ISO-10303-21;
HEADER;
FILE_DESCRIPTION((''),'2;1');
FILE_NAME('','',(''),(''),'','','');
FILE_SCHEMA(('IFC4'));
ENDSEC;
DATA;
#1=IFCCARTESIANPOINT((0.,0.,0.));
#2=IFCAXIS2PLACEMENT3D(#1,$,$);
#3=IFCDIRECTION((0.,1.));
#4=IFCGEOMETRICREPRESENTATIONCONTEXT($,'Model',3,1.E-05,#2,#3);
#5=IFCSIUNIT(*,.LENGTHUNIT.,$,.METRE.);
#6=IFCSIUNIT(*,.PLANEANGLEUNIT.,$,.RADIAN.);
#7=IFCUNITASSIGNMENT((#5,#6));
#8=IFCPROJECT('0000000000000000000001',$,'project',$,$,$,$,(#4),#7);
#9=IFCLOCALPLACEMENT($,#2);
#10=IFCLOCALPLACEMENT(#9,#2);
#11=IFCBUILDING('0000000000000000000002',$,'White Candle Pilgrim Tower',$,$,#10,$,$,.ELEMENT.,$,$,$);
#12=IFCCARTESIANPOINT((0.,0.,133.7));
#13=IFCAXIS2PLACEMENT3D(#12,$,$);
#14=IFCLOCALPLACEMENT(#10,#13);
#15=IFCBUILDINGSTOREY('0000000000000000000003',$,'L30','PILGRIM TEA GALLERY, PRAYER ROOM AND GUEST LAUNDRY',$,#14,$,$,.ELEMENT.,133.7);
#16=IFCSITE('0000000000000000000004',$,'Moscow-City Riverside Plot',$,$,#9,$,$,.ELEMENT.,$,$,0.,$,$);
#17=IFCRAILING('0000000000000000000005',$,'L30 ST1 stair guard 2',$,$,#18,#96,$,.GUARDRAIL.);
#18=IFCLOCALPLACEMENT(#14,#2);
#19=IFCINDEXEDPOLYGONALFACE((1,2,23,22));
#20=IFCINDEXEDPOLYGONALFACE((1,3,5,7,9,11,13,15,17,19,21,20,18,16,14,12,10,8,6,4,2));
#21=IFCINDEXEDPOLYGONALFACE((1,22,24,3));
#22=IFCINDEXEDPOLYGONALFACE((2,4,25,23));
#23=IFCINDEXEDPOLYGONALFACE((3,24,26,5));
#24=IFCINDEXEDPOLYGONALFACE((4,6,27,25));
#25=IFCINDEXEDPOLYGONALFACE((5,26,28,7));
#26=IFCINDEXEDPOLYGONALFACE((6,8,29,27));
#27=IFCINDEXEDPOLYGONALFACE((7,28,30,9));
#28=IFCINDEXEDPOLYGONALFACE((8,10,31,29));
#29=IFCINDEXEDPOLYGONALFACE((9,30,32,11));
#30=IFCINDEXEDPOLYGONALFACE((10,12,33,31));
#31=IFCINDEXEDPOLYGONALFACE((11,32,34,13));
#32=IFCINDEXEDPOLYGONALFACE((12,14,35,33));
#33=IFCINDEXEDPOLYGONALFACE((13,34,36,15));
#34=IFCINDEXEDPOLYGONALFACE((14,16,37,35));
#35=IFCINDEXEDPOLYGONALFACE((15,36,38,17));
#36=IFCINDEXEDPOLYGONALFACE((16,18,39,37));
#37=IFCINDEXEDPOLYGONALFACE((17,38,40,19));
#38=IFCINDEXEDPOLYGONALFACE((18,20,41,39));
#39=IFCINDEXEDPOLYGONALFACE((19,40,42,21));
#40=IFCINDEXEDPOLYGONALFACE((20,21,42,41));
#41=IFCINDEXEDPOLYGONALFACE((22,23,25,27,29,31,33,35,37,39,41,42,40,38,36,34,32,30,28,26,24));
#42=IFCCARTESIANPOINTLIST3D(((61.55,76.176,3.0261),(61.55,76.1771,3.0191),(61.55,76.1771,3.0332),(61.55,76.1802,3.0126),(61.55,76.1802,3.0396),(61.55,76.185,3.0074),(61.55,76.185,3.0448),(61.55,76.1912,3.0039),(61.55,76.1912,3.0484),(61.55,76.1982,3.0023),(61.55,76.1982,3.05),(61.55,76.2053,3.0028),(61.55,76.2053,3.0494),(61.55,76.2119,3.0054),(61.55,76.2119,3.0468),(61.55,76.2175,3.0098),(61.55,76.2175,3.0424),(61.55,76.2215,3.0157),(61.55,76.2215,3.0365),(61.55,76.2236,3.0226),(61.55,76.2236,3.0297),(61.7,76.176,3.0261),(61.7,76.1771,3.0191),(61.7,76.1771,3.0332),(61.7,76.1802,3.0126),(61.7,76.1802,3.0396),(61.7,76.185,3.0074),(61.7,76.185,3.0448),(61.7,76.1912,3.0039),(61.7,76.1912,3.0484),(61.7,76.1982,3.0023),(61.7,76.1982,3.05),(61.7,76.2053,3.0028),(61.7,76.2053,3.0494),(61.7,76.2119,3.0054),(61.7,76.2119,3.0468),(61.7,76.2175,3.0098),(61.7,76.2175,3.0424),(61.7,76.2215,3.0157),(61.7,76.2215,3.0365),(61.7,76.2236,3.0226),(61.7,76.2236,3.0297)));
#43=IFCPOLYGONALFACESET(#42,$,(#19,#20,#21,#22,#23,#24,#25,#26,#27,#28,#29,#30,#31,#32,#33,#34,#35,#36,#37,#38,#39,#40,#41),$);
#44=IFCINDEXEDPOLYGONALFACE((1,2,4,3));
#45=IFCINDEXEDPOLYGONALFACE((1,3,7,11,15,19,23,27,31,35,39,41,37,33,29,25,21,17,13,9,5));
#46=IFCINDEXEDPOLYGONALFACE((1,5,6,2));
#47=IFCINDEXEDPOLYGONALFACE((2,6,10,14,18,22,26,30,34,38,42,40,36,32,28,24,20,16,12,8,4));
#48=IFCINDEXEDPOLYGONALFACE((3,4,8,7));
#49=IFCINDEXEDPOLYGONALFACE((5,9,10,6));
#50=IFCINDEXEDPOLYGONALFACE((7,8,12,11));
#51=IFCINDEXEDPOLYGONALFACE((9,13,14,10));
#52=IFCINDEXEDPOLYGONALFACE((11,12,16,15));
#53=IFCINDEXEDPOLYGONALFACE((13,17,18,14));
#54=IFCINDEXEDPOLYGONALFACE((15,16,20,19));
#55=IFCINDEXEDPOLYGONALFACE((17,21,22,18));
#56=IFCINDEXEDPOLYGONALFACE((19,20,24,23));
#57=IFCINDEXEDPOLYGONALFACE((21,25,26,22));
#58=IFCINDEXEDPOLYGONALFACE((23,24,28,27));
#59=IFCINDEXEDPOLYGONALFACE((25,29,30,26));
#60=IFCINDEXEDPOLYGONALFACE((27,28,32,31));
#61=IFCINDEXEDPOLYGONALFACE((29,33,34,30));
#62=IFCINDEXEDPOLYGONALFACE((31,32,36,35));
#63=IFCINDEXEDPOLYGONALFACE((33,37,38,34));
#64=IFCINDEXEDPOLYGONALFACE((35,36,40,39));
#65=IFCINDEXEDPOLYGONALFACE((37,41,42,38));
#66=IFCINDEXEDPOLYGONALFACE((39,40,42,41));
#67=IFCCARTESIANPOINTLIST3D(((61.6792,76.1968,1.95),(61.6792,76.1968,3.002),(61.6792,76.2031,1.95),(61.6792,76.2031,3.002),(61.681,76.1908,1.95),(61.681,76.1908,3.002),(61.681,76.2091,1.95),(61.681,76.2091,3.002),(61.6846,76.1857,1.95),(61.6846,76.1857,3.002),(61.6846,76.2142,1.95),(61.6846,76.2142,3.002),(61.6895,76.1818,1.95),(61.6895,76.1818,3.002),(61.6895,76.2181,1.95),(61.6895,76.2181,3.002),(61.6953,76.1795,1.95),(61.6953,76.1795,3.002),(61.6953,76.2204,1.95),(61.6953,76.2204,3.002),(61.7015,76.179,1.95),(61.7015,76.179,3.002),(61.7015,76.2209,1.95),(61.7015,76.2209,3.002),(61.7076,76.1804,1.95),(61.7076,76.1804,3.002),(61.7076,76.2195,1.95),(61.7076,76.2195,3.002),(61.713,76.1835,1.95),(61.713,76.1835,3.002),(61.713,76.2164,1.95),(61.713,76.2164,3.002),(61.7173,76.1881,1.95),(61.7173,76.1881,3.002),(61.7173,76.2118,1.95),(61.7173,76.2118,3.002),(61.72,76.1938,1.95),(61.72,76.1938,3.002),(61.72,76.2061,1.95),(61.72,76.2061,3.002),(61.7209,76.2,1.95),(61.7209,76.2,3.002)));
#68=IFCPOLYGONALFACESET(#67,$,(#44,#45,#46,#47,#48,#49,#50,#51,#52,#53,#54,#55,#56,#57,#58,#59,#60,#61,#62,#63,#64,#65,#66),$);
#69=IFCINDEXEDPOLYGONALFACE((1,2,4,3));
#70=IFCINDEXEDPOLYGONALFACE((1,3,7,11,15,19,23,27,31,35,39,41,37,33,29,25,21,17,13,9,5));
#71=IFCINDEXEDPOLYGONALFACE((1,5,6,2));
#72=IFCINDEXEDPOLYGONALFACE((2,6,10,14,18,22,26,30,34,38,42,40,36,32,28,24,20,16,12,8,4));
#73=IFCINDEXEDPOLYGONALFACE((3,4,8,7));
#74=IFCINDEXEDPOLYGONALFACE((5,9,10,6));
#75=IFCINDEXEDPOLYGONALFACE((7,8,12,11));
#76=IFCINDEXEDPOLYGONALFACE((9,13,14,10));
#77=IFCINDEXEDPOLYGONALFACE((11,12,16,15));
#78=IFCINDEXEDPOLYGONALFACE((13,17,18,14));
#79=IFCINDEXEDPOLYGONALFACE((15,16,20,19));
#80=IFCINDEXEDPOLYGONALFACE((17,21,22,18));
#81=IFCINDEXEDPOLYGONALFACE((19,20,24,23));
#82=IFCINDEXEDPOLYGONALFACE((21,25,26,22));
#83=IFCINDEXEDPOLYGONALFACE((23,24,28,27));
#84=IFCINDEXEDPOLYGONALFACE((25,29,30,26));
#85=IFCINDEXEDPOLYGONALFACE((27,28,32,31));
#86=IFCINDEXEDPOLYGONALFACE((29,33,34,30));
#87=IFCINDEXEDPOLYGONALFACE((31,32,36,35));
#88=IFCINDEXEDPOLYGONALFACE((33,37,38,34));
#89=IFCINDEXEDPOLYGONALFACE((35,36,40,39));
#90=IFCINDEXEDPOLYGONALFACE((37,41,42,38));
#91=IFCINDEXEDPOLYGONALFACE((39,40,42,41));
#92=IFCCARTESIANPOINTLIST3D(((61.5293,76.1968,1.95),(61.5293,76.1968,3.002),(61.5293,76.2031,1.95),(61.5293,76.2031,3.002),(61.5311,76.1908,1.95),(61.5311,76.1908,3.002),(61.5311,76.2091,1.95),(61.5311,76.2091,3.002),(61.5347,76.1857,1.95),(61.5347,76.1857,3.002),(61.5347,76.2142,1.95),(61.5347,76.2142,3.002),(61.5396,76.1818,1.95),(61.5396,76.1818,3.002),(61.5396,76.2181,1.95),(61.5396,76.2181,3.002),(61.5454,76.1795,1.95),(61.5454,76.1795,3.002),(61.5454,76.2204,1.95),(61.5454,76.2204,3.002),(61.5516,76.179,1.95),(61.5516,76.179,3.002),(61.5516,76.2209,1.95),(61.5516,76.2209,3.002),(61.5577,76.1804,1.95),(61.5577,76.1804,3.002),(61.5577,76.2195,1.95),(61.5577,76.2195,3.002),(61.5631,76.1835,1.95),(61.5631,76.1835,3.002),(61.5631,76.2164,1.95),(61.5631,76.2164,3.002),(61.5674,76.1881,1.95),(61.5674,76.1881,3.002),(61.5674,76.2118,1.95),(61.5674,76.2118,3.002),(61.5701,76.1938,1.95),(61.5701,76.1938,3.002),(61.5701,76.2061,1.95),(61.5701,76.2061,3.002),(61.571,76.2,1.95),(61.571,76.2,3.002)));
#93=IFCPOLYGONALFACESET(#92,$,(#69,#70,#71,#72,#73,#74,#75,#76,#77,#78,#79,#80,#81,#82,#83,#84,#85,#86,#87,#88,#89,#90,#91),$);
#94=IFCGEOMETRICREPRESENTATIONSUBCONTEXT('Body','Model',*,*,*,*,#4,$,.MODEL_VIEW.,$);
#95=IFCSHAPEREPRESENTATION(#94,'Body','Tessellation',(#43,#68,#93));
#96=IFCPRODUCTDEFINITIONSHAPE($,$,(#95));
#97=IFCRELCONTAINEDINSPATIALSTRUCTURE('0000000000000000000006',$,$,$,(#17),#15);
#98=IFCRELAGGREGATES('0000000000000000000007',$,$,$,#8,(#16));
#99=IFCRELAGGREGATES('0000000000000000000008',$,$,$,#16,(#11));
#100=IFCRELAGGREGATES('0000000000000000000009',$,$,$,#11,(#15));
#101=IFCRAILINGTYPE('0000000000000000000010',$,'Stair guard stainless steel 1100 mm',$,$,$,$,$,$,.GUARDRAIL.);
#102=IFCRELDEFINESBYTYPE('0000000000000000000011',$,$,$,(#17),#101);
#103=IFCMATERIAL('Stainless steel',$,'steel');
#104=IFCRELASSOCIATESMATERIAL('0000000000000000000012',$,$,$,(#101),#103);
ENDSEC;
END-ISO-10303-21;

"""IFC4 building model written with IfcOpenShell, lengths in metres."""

from ifc_helpers import new_model, si_unit, direction, frame, origin, origin_2d, place, context, subcontext, project, spatial, circle, extrude, material, type_object, element, save


model = new_model("IFC4")

# Units and contexts
model_context = context("Model", 3, precision=1e-05, world=origin(), true_north=direction((0.0, 1.0)))
body_context = subcontext(model_context, "Body", "Model", "MODEL_VIEW")
ifc_project = project(units=[si_unit("LENGTHUNIT", "METRE"), si_unit("PLANEANGLEUNIT", "RADIAN")], contexts=[model_context])

# Site, building, storey
site_placement = place(None, origin())
site = spatial("IfcSite", under=ifc_project, at=site_placement, Name="Moscow-City Riverside Plot", CompositionType="ELEMENT", RefElevation=0.0)
building_placement = place(site_placement, origin())
building = spatial("IfcBuilding", under=site, at=building_placement, Name="White Candle Pilgrim Tower", CompositionType="ELEMENT")
storey_placement = place(building_placement, frame((0.0, 0.0, 133.7)))
storey = spatial("IfcBuildingStorey", under=building, at=storey_placement, Name="L30", Description="PILGRIM TEA GALLERY, PRAYER ROOM AND GUEST LAUNDRY", CompositionType="ELEMENT", Elevation=133.7)

# Railing
ifc_material_1 = material(Name="Stainless steel", Category="steel")
railing_type_1 = type_object("IfcRailingType", Name="Stair guard stainless steel 1100 mm", PredefinedType="GUARDRAIL", material=ifc_material_1)
railing_1_placement = place(storey_placement, frame((61.7, 76.2, 1.95)))
element("IfcRailing", 1, at=railing_1_placement, inside=storey, type_object=railing_type_1, Name="L30 ST1 stair guard 2", PredefinedType="GUARDRAIL", context=body_context, shape_type="SweptSolid", body=[
    extrude(circle(Radius=0.0239, at=origin_2d()), frame((0.0, 0.0, 1.0762), z_axis=(-1.0, 0.0, 0.0), x_axis=(0.0, -1.0, 0.0)), (0.0, 0.0, 1.0), 0.1499),
    extrude(circle(Radius=0.021, at=origin_2d()), origin(), (0.0, 0.0, 1.0), 1.052),
    extrude(circle(Radius=0.021, at=origin_2d()), frame((-0.1499, 0.0, 0.0)), (0.0, 0.0, 1.0), 1.052),
])

save(model, "model.ifc")
